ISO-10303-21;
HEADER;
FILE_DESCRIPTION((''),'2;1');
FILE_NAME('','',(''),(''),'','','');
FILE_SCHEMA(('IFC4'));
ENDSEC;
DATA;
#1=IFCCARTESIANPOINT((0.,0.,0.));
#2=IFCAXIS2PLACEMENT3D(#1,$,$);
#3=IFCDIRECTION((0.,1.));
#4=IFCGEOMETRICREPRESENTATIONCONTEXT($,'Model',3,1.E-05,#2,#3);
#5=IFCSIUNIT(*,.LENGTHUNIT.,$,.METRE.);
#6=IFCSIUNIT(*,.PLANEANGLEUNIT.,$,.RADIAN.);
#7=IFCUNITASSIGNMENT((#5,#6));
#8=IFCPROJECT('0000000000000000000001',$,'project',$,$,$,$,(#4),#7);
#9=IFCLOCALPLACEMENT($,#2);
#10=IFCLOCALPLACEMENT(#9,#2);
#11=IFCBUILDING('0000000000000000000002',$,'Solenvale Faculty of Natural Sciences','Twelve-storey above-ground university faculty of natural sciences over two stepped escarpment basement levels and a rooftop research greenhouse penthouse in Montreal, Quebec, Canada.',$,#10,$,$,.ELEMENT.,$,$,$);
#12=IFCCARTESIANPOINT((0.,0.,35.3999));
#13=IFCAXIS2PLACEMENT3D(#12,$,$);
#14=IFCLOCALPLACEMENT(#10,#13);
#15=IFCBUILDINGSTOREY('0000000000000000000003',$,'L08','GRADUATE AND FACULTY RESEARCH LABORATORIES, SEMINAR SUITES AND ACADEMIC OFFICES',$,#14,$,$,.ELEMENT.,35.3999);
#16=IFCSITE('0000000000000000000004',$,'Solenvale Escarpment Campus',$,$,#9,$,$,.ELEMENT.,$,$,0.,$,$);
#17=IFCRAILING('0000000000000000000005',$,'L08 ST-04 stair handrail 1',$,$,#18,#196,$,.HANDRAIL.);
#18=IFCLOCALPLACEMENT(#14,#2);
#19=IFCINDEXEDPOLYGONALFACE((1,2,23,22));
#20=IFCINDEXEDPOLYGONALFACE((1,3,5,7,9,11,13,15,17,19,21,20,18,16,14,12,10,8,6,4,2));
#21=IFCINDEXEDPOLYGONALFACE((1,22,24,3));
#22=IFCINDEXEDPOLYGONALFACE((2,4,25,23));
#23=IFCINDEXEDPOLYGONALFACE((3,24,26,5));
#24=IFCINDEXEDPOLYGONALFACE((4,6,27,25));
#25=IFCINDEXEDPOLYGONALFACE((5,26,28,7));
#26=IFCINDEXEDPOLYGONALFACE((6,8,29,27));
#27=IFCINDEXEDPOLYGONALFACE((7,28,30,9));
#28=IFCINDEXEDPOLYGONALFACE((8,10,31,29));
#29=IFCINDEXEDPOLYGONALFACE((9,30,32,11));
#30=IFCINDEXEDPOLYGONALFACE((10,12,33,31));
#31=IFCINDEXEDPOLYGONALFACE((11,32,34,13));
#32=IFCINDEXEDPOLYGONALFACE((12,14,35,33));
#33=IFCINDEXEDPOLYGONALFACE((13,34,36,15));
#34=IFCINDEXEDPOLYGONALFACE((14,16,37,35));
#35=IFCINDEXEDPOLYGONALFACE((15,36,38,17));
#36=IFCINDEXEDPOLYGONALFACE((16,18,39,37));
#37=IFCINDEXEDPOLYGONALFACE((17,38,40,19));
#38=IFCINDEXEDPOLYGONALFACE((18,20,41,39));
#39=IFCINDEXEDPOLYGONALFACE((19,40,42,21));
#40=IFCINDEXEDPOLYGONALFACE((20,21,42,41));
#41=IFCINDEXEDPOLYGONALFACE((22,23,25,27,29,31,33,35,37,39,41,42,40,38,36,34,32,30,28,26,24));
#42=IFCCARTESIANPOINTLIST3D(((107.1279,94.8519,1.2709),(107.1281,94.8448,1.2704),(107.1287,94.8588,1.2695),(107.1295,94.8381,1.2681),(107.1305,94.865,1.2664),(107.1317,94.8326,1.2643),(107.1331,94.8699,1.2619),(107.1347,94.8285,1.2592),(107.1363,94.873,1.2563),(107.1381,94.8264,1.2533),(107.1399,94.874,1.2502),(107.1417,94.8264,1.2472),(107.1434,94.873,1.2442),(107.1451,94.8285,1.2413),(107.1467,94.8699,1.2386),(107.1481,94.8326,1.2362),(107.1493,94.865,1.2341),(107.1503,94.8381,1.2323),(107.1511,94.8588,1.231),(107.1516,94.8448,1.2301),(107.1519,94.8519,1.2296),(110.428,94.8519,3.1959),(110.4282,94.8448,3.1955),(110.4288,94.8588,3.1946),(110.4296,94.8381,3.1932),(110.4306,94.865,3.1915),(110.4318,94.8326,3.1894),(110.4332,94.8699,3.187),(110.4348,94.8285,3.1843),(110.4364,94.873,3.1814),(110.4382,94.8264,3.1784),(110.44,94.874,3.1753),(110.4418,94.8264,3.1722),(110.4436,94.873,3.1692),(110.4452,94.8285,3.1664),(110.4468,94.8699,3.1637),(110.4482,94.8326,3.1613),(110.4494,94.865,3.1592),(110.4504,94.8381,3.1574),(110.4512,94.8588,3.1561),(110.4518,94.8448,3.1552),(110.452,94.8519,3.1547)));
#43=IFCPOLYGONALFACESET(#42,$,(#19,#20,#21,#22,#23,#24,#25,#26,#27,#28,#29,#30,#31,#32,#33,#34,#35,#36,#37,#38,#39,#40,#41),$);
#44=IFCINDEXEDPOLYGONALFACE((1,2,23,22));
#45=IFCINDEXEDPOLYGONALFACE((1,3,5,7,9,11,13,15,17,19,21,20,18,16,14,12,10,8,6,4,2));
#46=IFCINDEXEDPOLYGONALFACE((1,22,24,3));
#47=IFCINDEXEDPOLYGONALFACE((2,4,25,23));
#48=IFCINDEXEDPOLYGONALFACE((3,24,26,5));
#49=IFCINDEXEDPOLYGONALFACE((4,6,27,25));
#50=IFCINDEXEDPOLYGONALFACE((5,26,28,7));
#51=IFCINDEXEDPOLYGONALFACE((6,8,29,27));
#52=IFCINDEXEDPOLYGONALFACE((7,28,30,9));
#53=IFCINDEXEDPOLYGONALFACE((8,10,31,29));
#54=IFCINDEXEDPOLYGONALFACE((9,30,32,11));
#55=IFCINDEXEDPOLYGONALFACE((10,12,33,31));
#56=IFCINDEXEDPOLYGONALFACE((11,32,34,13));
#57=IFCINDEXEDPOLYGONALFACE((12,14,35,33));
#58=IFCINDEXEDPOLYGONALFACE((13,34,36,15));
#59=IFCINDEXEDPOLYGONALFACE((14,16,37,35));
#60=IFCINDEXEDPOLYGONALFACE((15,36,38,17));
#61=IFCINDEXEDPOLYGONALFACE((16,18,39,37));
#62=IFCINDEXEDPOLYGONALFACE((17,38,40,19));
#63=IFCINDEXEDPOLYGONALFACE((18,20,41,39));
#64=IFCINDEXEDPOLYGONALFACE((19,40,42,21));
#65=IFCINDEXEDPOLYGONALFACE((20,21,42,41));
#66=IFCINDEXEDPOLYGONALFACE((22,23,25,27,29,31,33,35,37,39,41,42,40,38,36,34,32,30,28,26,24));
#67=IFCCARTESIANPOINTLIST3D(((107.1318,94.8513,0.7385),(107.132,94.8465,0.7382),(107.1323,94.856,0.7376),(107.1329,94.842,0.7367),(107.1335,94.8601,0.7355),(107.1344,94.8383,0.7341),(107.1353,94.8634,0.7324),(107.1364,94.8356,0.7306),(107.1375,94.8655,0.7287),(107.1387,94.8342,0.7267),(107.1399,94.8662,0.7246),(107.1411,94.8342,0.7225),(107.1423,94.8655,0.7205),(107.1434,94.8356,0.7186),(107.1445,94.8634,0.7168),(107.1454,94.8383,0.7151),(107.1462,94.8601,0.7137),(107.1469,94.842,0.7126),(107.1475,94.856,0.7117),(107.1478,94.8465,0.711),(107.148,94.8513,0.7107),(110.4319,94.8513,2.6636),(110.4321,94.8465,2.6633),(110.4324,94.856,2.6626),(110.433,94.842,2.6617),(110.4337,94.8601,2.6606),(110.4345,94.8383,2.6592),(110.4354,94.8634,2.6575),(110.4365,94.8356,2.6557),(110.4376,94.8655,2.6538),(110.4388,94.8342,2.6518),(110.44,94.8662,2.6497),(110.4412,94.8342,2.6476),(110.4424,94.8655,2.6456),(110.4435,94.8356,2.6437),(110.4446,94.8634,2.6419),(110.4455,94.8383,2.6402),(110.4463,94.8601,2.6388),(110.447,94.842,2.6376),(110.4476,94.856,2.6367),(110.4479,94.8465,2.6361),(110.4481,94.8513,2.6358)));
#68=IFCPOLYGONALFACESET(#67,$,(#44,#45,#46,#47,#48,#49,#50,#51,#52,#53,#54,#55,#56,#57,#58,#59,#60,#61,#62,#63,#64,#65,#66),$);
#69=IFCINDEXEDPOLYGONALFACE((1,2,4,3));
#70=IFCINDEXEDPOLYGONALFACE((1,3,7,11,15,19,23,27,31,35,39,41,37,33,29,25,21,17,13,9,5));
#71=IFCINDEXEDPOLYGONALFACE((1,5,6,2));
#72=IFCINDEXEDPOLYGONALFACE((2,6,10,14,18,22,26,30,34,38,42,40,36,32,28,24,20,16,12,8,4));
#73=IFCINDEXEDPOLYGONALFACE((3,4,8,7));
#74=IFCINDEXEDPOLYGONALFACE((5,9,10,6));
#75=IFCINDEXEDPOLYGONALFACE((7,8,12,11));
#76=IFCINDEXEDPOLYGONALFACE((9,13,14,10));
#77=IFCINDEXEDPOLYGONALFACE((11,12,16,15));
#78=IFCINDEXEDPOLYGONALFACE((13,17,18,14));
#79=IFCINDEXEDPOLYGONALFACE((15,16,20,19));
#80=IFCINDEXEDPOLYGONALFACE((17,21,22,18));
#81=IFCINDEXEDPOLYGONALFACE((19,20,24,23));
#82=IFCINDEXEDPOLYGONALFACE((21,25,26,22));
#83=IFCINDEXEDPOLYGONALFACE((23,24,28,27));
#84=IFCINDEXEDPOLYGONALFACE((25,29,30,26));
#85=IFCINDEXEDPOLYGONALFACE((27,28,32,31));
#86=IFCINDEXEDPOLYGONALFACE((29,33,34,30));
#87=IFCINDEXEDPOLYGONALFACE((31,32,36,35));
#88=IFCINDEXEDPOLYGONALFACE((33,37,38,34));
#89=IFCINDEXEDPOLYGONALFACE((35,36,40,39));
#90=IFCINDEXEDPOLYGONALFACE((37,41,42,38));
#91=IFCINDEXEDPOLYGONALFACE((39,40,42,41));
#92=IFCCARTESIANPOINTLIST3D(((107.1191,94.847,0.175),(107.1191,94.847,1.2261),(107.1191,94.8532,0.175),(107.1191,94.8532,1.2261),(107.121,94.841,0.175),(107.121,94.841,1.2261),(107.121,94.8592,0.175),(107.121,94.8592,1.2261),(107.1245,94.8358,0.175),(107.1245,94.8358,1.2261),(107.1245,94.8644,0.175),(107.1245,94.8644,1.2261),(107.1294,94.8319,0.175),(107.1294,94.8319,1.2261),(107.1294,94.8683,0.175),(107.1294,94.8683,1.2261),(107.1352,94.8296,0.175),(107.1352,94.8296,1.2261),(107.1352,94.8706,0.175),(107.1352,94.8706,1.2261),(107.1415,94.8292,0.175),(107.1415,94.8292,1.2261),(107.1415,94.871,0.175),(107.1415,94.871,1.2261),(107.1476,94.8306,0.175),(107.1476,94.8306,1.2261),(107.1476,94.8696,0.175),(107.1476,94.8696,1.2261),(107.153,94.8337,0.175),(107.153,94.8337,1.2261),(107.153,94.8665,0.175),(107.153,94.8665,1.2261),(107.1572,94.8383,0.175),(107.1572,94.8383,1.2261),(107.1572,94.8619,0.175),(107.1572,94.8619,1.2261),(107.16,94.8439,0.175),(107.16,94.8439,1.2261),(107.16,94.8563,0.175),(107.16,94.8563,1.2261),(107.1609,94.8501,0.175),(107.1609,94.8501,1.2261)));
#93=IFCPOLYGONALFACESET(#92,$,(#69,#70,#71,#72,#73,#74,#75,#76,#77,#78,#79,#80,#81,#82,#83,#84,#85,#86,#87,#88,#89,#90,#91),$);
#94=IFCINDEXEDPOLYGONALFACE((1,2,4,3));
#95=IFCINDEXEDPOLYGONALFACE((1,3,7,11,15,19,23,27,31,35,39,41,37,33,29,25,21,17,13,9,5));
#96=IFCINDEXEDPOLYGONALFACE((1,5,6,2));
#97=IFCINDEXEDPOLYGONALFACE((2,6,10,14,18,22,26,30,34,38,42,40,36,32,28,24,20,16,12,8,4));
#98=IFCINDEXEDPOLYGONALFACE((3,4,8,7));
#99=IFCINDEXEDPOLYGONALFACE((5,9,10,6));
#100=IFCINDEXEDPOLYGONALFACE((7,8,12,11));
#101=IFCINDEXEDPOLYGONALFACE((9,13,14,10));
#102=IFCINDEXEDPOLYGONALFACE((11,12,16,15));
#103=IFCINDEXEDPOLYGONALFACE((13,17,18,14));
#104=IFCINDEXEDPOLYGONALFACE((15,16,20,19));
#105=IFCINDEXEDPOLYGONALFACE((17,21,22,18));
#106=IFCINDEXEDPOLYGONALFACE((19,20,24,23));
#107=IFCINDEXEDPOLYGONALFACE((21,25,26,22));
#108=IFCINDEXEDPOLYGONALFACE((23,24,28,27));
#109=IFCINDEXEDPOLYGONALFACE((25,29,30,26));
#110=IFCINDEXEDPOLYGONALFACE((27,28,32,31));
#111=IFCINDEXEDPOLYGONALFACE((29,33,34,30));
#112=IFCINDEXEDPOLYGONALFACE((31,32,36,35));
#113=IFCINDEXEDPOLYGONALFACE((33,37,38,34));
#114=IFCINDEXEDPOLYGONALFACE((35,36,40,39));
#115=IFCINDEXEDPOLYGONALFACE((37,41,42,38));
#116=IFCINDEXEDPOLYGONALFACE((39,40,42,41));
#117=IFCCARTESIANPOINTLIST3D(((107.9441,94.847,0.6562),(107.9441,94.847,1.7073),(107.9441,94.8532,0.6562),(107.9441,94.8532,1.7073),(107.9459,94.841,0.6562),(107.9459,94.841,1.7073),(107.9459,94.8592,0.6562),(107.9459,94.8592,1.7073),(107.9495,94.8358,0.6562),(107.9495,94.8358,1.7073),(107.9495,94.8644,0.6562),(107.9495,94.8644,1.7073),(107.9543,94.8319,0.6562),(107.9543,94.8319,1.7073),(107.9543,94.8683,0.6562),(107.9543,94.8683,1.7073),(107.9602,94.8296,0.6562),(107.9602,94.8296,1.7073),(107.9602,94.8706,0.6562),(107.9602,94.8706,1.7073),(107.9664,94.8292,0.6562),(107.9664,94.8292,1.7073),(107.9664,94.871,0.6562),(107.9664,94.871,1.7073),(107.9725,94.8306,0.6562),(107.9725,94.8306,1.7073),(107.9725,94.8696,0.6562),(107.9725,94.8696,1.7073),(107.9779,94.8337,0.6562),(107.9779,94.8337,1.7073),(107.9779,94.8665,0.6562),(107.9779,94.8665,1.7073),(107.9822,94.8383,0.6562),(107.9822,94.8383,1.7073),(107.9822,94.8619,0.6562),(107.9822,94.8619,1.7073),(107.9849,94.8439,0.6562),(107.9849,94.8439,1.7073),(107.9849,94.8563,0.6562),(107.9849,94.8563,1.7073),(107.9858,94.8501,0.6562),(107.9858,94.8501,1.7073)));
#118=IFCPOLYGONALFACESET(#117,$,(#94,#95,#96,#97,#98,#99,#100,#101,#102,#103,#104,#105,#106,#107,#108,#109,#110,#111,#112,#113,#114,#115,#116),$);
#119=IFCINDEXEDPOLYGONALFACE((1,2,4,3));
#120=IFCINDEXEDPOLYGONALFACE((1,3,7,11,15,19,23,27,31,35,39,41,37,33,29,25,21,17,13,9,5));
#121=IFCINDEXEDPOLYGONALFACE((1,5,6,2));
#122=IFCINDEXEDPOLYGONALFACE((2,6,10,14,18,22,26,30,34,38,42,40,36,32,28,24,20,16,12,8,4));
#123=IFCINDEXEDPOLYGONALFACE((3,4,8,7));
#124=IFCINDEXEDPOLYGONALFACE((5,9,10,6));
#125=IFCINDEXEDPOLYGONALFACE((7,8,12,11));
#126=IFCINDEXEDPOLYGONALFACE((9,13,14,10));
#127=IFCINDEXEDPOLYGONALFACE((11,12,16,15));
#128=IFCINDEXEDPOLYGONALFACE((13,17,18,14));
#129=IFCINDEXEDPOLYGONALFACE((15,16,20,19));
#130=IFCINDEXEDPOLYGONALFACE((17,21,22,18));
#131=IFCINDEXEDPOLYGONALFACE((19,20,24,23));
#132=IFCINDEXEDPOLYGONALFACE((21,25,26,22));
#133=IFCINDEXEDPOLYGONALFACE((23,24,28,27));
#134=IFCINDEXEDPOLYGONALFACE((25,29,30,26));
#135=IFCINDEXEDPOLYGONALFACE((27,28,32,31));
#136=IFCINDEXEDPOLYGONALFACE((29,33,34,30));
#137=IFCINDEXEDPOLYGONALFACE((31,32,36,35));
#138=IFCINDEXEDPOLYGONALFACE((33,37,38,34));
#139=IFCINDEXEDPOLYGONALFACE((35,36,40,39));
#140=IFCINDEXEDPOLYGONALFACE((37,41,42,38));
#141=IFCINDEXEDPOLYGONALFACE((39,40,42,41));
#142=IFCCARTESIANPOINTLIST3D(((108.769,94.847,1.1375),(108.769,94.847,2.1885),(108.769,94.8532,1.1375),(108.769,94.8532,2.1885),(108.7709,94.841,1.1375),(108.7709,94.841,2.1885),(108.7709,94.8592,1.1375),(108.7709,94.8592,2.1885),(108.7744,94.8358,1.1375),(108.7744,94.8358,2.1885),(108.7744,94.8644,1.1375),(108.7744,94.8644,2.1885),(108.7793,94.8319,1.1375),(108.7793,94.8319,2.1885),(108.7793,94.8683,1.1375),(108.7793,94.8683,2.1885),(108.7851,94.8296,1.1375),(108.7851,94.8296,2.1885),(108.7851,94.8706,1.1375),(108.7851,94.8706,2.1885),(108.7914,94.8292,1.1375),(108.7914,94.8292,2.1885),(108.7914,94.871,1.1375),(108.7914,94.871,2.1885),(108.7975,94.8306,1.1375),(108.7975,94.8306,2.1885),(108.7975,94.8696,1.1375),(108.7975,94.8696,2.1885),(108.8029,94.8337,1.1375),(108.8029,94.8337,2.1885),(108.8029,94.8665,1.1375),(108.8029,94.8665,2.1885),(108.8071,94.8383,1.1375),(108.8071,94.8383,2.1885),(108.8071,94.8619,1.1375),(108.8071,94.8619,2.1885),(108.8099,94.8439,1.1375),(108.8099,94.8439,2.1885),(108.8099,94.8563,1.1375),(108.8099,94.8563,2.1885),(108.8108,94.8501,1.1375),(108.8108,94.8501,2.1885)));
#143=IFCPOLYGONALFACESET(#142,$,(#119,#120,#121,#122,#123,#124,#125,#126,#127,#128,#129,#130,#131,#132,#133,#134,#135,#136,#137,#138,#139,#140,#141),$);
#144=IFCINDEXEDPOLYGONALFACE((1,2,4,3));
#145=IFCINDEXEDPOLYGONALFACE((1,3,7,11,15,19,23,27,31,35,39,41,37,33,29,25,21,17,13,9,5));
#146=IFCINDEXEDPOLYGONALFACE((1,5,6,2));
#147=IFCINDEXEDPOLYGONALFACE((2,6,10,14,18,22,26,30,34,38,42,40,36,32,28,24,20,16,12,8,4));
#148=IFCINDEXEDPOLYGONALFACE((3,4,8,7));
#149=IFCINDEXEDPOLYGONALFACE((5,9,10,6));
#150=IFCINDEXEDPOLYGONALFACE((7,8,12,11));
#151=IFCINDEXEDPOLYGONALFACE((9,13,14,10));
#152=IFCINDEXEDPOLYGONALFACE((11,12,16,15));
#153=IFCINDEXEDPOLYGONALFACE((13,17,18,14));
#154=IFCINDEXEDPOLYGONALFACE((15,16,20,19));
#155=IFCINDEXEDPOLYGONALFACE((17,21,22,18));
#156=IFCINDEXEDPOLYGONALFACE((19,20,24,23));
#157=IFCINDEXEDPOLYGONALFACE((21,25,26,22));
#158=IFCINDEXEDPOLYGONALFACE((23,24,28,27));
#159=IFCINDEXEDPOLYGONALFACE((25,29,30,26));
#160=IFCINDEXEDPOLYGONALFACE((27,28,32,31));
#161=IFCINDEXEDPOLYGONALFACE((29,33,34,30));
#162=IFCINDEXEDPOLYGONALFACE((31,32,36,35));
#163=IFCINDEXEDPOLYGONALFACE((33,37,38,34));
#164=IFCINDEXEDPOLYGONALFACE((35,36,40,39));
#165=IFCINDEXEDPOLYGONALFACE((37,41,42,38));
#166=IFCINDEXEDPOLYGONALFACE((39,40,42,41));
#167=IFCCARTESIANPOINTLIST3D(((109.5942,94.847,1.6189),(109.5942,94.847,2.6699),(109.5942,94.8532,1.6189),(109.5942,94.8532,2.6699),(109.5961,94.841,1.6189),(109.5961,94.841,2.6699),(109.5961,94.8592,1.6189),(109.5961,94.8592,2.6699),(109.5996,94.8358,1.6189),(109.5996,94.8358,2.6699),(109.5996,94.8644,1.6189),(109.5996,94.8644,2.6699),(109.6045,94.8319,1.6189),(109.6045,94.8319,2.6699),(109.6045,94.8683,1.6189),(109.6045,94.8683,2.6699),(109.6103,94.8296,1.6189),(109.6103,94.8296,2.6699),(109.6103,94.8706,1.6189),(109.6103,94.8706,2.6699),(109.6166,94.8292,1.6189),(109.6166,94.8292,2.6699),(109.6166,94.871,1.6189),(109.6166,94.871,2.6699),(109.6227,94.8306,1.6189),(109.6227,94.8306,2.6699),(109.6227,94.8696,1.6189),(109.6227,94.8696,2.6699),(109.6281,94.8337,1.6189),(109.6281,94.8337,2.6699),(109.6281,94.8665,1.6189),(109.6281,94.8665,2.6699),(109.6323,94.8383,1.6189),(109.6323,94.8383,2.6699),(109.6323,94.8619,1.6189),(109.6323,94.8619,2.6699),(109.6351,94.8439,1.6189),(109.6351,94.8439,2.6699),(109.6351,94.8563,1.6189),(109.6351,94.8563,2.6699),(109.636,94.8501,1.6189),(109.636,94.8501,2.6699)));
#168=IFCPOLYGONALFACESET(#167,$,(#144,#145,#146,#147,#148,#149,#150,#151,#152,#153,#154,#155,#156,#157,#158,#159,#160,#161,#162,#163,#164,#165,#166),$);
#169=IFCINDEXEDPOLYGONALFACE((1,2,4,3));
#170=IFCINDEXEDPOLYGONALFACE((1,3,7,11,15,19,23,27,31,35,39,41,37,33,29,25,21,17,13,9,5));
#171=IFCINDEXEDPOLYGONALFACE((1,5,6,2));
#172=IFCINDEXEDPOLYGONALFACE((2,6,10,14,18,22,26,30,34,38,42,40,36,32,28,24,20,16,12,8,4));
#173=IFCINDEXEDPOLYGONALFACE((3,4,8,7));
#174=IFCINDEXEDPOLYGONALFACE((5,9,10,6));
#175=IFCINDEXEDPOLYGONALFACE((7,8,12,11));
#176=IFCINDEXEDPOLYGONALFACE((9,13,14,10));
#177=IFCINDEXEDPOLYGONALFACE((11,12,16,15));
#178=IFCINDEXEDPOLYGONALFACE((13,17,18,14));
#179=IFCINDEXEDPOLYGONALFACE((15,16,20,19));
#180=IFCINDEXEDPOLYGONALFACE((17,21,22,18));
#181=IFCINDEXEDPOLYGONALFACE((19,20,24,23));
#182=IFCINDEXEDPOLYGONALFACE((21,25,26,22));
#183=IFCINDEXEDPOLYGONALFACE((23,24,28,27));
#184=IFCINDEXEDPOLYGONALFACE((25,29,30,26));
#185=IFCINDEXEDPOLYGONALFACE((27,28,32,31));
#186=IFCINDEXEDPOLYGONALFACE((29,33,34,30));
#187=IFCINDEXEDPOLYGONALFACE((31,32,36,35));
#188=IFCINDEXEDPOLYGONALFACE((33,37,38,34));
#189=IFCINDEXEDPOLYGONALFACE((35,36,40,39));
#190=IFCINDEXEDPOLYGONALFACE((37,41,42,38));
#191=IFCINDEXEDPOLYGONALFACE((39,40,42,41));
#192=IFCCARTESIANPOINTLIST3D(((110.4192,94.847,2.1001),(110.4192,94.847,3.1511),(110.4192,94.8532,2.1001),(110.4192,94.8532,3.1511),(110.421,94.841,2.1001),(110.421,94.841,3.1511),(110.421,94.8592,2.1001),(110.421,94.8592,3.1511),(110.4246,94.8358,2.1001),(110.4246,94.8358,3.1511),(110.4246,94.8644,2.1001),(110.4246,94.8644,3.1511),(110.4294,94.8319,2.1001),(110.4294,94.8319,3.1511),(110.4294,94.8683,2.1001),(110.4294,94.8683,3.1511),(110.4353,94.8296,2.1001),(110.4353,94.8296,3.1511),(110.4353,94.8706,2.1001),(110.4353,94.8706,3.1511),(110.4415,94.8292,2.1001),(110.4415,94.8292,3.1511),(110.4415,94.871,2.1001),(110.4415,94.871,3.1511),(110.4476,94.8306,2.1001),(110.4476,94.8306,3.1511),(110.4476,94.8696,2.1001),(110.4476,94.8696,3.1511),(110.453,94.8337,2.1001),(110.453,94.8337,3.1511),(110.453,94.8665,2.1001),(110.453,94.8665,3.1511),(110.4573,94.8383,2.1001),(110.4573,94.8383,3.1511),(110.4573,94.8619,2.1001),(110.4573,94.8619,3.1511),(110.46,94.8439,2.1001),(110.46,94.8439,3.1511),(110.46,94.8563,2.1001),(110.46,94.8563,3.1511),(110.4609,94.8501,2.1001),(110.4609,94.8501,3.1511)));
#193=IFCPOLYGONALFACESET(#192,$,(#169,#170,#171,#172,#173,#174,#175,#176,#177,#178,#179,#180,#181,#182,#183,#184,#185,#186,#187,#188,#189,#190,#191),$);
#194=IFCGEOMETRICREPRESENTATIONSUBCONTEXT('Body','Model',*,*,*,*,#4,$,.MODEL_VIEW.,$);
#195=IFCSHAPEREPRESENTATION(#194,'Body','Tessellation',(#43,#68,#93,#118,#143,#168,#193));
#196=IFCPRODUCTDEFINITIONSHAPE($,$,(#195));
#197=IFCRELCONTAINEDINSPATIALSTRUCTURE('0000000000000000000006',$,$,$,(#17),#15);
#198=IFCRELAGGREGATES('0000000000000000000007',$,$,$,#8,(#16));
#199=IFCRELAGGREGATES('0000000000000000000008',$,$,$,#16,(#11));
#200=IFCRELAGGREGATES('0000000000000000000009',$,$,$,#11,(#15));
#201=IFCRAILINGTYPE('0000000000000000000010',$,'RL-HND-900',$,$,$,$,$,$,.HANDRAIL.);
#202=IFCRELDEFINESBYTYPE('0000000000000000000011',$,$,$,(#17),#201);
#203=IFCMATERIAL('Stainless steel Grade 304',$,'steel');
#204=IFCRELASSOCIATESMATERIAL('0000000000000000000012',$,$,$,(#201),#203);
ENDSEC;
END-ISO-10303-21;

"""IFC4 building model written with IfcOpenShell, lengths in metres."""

from ifc_helpers import new_model, si_unit, direction, frame, origin, origin_2d, place, context, subcontext, project, spatial, circle, extrude, material, type_object, element, save


model = new_model("IFC4")

# Units and contexts
model_context = context("Model", 3, precision=1e-05, world=origin(), true_north=direction((0.0, 1.0)))
body_context = subcontext(model_context, "Body", "Model", "MODEL_VIEW")
ifc_project = project(units=[si_unit("LENGTHUNIT", "METRE"), si_unit("PLANEANGLEUNIT", "RADIAN")], contexts=[model_context])

# Site, building, storey
site_placement = place(None, origin())
site = spatial("IfcSite", under=ifc_project, at=site_placement, Name="Solenvale Escarpment Campus", CompositionType="ELEMENT", RefElevation=0.0)
building_placement = place(site_placement, origin())
building = spatial("IfcBuilding", under=site, at=building_placement, Name="Solenvale Faculty of Natural Sciences", Description="Twelve-storey above-ground university faculty of natural sciences over two stepped escarpment basement levels and a rooftop research greenhouse penthouse in Montreal, Quebec, Canada.", CompositionType="ELEMENT")
storey_placement = place(building_placement, frame((0.0, 0.0, 35.3999)))
storey = spatial("IfcBuildingStorey", under=building, at=storey_placement, Name="L08", Description="GRADUATE AND FACULTY RESEARCH LABORATORIES, SEMINAR SUITES AND ACADEMIC OFFICES", CompositionType="ELEMENT", Elevation=35.3999)

# Railing
ifc_material_1 = material(Name="Stainless steel Grade 304", Category="steel")
railing_type_1 = type_object("IfcRailingType", Name="RL-HND-900", PredefinedType="HANDRAIL", material=ifc_material_1)
railing_1_placement = place(storey_placement, frame((107.1399, 94.8501, 0.175)))
element("IfcRailing", 1, at=railing_1_placement, inside=storey, type_object=railing_type_1, Name="L08 ST-04 stair handrail 1", PredefinedType="HANDRAIL", context=body_context, shape_type="SweptSolid", body=[
    extrude(circle(Radius=0.0239, at=origin_2d()), frame((0.0, 0.0, 1.0752), z_axis=(0.863777, 0.0, 0.503875), x_axis=(0.0, 1.0, 0.0)), (0.0, 0.0, 1.0), 3.8206),
    extrude(circle(Radius=0.0161, at=origin_2d()), frame((0.0, 0.0, 0.5496), z_axis=(0.863777, 0.0, 0.503875), x_axis=(0.0, 1.0, 0.0)), (0.0, 0.0, 1.0), 3.8206),
    extrude(circle(Radius=0.021, at=origin_2d()), origin(), (0.0, 0.0, 1.0), 1.051),
    extrude(circle(Radius=0.021, at=origin_2d()), frame((0.825, 0.0, 0.4812)), (0.0, 0.0, 1.0), 1.051),
    extrude(circle(Radius=0.021, at=origin_2d()), frame((1.6499, 0.0, 0.9624)), (0.0, 0.0, 1.0), 1.051),
    extrude(circle(Radius=0.021, at=origin_2d()), frame((2.4751, 0.0, 1.4438)), (0.0, 0.0, 1.0), 1.051),
    extrude(circle(Radius=0.021, at=origin_2d()), frame((3.3, 0.0, 1.925)), (0.0, 0.0, 1.0), 1.051),
])

save(model, "model.ifc")
